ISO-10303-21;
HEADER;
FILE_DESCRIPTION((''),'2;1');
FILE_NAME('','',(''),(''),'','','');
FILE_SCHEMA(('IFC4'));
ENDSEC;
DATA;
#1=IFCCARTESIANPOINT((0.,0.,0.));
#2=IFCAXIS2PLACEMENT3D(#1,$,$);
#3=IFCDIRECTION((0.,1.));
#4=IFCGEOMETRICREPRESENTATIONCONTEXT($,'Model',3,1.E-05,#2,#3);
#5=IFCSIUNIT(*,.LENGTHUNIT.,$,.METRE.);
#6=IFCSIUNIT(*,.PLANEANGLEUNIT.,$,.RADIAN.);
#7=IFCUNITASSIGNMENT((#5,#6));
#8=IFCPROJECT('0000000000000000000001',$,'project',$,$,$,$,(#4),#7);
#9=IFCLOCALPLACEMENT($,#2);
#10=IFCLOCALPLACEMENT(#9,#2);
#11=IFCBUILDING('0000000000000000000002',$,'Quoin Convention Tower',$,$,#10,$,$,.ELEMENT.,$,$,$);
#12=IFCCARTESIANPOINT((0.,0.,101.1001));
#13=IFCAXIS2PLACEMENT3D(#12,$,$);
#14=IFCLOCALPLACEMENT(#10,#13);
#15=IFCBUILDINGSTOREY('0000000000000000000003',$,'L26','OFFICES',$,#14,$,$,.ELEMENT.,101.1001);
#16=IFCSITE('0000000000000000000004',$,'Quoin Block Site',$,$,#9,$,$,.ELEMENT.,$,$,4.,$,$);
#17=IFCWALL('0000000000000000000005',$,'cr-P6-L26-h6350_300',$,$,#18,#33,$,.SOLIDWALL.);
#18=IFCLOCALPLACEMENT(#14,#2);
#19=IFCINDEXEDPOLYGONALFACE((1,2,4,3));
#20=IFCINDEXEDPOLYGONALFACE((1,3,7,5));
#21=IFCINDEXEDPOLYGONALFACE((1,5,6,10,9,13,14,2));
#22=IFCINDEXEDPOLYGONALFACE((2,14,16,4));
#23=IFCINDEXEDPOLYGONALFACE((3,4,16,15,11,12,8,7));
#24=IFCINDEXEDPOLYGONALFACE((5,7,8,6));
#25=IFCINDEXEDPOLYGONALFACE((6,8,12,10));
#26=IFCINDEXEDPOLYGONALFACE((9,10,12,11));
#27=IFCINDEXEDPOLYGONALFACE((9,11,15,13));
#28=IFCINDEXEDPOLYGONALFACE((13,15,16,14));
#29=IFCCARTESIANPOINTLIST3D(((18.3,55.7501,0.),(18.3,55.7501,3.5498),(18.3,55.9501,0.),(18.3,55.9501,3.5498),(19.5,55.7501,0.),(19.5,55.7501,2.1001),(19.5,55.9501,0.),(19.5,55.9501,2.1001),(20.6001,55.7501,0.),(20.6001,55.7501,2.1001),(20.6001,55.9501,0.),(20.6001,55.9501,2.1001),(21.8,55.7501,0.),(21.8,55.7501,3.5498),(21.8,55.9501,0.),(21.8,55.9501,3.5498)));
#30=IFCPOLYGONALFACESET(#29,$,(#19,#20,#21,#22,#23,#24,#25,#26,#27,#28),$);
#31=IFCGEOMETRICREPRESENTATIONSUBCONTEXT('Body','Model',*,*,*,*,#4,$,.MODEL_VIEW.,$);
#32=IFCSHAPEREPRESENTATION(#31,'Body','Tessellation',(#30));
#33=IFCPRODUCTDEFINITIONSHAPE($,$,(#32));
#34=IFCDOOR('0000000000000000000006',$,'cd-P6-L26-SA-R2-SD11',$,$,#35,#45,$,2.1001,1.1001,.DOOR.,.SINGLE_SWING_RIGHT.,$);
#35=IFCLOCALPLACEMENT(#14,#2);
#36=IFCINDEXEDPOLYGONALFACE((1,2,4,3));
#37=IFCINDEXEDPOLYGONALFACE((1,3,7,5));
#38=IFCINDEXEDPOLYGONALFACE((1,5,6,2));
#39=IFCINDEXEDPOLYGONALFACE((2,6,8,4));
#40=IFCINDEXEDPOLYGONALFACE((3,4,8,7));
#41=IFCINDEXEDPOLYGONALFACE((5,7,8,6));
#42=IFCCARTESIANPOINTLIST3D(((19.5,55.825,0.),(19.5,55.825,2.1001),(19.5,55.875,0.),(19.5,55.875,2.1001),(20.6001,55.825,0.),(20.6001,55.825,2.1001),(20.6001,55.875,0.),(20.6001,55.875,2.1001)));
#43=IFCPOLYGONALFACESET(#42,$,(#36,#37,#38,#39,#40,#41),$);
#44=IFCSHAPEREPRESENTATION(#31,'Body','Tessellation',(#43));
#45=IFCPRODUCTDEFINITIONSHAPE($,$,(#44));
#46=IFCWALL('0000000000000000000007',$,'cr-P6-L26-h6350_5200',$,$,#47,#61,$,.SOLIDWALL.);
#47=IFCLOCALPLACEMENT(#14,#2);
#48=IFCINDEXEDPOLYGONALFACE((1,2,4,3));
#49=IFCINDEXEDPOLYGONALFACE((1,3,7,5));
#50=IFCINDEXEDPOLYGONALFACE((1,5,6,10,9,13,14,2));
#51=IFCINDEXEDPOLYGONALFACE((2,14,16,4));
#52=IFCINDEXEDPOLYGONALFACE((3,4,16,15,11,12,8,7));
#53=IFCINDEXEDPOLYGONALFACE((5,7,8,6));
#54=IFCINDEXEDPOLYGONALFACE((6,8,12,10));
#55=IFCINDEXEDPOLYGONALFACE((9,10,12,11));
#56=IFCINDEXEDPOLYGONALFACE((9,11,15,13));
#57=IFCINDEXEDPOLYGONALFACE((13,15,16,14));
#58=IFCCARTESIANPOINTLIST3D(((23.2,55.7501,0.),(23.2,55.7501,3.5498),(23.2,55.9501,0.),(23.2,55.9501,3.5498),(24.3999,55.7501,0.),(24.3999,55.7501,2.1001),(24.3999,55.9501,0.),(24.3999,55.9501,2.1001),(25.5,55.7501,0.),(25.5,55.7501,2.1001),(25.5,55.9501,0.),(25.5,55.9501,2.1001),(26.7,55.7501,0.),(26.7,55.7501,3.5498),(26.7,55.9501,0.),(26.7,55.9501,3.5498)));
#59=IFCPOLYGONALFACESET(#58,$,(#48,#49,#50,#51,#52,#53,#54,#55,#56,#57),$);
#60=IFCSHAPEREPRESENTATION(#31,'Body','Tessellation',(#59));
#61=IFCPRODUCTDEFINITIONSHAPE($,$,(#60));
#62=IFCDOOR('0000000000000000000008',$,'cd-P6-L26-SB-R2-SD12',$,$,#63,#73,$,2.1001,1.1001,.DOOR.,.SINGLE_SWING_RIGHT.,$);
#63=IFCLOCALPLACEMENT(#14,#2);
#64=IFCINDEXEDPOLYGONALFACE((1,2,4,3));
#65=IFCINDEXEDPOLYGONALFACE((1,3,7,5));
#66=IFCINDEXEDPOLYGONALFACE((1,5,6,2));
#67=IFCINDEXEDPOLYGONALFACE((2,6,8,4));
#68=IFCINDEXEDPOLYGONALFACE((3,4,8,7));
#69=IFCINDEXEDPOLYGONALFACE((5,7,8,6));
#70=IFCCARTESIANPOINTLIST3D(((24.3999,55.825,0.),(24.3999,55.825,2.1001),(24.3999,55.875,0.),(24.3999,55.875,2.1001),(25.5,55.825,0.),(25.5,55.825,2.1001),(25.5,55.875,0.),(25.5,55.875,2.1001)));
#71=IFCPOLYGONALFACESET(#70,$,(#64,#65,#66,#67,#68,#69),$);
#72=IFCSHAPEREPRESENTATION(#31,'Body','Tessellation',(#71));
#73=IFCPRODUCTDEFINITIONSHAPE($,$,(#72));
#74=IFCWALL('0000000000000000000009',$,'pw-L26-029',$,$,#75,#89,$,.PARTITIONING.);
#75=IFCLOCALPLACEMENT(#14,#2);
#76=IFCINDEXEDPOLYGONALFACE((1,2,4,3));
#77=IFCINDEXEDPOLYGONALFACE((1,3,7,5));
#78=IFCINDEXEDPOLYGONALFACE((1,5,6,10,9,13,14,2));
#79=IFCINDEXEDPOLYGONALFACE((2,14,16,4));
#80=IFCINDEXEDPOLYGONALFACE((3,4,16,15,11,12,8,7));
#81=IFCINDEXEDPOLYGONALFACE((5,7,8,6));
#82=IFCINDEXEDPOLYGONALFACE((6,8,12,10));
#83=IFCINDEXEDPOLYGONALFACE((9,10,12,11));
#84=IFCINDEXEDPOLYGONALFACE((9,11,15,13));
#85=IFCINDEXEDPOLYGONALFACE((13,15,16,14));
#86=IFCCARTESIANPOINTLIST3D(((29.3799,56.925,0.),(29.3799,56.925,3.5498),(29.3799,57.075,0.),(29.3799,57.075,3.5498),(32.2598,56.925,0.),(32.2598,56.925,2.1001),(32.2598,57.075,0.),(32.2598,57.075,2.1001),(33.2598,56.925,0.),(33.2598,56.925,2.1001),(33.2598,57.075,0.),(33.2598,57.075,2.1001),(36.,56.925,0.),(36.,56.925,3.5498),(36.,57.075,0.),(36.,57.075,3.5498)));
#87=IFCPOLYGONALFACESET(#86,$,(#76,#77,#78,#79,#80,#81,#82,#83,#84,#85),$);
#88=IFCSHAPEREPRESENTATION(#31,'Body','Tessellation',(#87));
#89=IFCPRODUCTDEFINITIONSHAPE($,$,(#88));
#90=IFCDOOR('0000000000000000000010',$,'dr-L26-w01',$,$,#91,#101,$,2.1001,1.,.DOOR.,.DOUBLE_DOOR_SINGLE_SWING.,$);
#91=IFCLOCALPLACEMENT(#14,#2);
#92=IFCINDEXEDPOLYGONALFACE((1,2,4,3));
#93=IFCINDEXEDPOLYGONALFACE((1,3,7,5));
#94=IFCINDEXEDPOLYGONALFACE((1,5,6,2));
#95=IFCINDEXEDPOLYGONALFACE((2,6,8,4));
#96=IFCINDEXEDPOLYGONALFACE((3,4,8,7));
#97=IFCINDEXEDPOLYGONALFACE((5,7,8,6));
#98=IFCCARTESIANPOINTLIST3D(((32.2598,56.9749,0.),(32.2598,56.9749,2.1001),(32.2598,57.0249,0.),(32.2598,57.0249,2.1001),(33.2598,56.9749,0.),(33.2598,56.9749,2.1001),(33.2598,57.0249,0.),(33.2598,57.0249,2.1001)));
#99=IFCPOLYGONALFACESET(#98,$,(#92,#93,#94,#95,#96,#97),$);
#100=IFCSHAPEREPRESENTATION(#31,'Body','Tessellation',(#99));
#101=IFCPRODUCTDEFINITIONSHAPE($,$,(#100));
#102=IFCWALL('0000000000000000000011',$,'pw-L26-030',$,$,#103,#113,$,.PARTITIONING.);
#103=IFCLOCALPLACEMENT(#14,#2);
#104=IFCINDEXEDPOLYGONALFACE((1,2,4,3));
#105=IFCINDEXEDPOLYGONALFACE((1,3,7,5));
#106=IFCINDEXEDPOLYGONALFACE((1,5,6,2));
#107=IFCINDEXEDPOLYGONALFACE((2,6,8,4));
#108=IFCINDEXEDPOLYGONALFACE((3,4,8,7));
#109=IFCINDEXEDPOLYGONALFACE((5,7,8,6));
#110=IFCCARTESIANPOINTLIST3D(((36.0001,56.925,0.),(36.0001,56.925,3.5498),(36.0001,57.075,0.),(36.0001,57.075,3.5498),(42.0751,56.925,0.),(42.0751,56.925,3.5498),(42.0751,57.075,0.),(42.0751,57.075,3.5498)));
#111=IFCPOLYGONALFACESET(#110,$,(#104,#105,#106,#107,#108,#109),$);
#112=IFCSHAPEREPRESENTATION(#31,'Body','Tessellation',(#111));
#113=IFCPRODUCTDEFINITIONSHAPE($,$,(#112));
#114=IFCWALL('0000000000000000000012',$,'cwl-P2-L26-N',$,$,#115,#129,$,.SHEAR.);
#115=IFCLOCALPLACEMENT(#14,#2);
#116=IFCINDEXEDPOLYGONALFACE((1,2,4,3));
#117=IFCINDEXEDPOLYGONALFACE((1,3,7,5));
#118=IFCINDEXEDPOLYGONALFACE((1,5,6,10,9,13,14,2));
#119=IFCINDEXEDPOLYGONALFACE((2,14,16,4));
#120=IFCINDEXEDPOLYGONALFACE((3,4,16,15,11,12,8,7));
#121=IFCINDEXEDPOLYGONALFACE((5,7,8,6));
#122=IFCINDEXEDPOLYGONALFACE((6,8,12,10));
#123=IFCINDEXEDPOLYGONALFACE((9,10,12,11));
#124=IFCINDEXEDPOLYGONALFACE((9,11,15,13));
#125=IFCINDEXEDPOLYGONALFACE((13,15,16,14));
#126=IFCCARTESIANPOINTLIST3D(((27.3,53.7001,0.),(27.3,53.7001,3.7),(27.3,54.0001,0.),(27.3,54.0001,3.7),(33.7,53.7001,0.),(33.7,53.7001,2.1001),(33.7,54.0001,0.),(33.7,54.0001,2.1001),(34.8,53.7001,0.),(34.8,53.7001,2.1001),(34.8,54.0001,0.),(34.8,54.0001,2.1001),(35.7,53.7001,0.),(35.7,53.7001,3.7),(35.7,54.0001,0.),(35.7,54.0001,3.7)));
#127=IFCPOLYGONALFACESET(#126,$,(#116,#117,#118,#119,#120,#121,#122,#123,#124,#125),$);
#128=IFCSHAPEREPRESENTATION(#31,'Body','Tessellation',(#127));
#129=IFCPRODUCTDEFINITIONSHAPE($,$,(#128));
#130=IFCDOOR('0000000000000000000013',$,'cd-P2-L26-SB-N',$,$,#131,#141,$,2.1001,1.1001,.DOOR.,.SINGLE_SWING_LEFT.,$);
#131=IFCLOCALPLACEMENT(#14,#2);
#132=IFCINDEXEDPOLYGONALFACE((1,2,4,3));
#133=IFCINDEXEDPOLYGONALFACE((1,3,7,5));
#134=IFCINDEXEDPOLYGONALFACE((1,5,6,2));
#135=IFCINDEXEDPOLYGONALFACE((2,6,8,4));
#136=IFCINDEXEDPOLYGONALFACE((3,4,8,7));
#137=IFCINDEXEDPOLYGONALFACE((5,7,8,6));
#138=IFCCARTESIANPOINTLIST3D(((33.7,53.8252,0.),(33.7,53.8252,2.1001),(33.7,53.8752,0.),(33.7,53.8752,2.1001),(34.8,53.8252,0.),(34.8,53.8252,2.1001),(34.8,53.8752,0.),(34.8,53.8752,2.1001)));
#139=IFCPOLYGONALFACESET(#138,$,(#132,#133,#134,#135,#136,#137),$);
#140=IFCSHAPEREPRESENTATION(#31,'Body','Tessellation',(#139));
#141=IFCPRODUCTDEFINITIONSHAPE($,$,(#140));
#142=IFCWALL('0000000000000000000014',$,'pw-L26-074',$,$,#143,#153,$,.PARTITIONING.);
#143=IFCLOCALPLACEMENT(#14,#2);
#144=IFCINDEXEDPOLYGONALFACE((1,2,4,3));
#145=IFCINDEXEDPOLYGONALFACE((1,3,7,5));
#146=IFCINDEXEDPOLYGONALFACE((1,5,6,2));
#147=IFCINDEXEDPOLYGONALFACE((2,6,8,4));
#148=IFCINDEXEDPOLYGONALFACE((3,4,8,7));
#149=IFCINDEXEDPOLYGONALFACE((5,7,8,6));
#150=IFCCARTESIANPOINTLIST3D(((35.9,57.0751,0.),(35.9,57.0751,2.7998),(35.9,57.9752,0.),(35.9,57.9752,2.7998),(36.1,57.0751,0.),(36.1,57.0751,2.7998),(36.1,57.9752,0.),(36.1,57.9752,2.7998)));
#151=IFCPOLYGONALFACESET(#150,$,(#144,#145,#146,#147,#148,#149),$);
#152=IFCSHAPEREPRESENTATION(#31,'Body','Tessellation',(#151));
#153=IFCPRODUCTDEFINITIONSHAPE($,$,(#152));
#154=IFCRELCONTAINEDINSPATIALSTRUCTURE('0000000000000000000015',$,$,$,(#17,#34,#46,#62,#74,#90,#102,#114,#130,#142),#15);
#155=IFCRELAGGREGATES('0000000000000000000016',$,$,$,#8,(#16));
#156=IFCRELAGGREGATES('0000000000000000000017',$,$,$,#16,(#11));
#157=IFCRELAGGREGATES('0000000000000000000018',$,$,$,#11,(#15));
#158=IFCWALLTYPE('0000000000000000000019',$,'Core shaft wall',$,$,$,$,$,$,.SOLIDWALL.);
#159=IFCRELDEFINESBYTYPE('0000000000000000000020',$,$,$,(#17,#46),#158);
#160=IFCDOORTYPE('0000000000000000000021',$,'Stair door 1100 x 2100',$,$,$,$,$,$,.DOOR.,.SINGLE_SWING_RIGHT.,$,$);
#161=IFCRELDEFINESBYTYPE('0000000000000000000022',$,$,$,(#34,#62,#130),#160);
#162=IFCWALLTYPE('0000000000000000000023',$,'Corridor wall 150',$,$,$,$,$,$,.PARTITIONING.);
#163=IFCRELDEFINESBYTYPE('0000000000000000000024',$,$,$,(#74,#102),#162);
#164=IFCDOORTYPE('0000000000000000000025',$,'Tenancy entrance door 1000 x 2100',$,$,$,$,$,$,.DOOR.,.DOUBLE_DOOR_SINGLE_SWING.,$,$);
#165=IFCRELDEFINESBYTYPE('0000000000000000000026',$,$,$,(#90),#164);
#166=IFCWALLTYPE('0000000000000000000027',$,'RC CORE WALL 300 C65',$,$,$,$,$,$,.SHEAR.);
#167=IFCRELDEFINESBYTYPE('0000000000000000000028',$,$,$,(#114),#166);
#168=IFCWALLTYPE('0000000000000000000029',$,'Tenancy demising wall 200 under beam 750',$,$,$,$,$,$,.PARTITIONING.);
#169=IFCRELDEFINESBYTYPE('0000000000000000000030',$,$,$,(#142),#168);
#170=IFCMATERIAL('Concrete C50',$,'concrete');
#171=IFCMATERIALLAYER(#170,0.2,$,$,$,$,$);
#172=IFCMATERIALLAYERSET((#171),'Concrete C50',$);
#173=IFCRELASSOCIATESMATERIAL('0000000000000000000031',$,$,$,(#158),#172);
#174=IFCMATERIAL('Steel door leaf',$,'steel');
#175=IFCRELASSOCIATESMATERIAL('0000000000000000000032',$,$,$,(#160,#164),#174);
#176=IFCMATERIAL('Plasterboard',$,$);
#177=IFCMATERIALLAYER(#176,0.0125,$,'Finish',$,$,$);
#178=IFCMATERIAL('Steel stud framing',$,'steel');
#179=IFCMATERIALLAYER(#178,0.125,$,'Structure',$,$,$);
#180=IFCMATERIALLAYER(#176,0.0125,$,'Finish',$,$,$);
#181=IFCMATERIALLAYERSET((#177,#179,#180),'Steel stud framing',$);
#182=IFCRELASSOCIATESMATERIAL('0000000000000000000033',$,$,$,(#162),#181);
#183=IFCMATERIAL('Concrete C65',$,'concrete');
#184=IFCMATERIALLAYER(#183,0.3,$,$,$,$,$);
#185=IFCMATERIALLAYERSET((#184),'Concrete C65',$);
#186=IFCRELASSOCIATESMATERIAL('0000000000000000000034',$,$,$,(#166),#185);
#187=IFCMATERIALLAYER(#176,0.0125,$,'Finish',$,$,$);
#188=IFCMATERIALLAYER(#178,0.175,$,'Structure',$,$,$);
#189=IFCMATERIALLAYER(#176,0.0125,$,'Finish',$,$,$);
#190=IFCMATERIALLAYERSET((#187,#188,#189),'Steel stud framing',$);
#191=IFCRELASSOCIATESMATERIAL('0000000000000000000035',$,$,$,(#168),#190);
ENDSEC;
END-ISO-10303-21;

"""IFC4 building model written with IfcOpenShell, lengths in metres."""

from ifc_helpers import new_model, si_unit, direction, frame, frame_2d, origin, place, context, subcontext, project, spatial, rectangle, extrude, material, layer, layer_set, type_object, element, fill, save


model = new_model("IFC4")

# Units and contexts
model_context = context("Model", 3, precision=1e-05, world=origin(), true_north=direction((0.0, 1.0)))
body_context = subcontext(model_context, "Body", "Model", "MODEL_VIEW")
ifc_project = project(units=[si_unit("LENGTHUNIT", "METRE"), si_unit("PLANEANGLEUNIT", "RADIAN")], contexts=[model_context])

# Site, building, storey
site_placement = place(None, origin())
site = spatial("IfcSite", under=ifc_project, at=site_placement, Name="Quoin Block Site", CompositionType="ELEMENT", RefElevation=4.0)
building_placement = place(site_placement, origin())
building = spatial("IfcBuilding", under=site, at=building_placement, Name="Quoin Convention Tower", CompositionType="ELEMENT")
storey_placement = place(building_placement, frame((0.0, 0.0, 101.1001)))
storey = spatial("IfcBuildingStorey", under=building, at=storey_placement, Name="L26", Description="OFFICES", CompositionType="ELEMENT", Elevation=101.1001)

# Shared definitions
ifc_material_1 = material(Name="Concrete C65", Category="concrete")

# Shared definitions
ifc_material_2 = material(Name="Concrete C50", Category="concrete")
ifc_layer_1 = layer(ifc_material_2, 0.2)
ifc_layer_set_1 = layer_set([ifc_layer_1], Name="Concrete C50")
wall_type_1 = type_object("IfcWallType", Name="Core shaft wall", PredefinedType="SOLIDWALL", material=ifc_layer_set_1)

# Walls, openings, doors
wall_1_placement = place(storey_placement, frame((18.3, 55.8501, 0.0), z_axis=(0.0, 0.0, 1.0), x_axis=(1.0, 0.0, 0.0)))
wall_1 = element("IfcWall", 1, at=wall_1_placement, inside=storey, type_object=wall_type_1, Name="cr-P6-L26-h6350_300", PredefinedType="SOLIDWALL", context=body_context, shape_type="SweptSolid", body=[
    extrude(rectangle(XDim=3.5, YDim=0.2, at=frame_2d((1.75, 0.0))), origin(), (0.0, 0.0, 1.0), 3.5498),
])
opening_1_placement = place(wall_1_placement, frame((1.2, 0.0, 0.0)))
opening_1 = element("IfcOpeningElement", 2, at=opening_1_placement, cuts=wall_1, PredefinedType="OPENING", context=body_context, shape_type="SweptSolid", body=[
    extrude(rectangle(XDim=1.1001, YDim=2.1001, at=frame_2d((0.55, 1.05))), frame((0.0, 0.1099, 0.0), z_axis=(0.0, -1.0, 0.0), x_axis=(1.0, 0.0, 0.0)), (0.0, 0.0, 1.0), 0.22),
])
ifc_material_3 = material(Name="Steel door leaf", Category="steel")
door_type_1 = type_object("IfcDoorType", Name="Stair door 1100 x 2100", OperationType="SINGLE_SWING_RIGHT", PredefinedType="DOOR", material=ifc_material_3)
door_1_placement = place(opening_1_placement, origin())
door_1 = element("IfcDoor", 3, at=door_1_placement, inside=storey, type_object=door_type_1, Name="cd-P6-L26-SA-R2-SD11", OperationType="SINGLE_SWING_RIGHT", OverallHeight=2.1001, OverallWidth=1.1001, PredefinedType="DOOR", context=body_context, shape_type="SweptSolid", body=[
    extrude(rectangle(XDim=1.1001, YDim=2.1001, at=frame_2d((0.55, 1.05))), frame((0.0, 0.0249, 0.0), z_axis=(0.0, -1.0, 0.0), x_axis=(1.0, 0.0, 0.0)), (0.0, 0.0, 1.0), 0.05),
])
fill(opening_1, door_1)
wall_2_placement = place(storey_placement, frame((23.2, 55.8501, 0.0), z_axis=(0.0, 0.0, 1.0), x_axis=(1.0, 0.0, 0.0)))
wall_2 = element("IfcWall", 4, at=wall_2_placement, inside=storey, type_object=wall_type_1, Name="cr-P6-L26-h6350_5200", PredefinedType="SOLIDWALL", context=body_context, shape_type="SweptSolid", body=[
    extrude(rectangle(XDim=3.5, YDim=0.2, at=frame_2d((1.75, 0.0))), origin(), (0.0, 0.0, 1.0), 3.5498),
])
opening_2_placement = place(wall_2_placement, frame((1.2, 0.0, 0.0)))
opening_2 = element("IfcOpeningElement", 5, at=opening_2_placement, cuts=wall_2, PredefinedType="OPENING", context=body_context, shape_type="SweptSolid", body=[
    extrude(rectangle(XDim=1.1001, YDim=2.1001, at=frame_2d((0.55, 1.05))), frame((0.0, 0.1099, 0.0), z_axis=(0.0, -1.0, 0.0), x_axis=(1.0, 0.0, 0.0)), (0.0, 0.0, 1.0), 0.22),
])
door_2_placement = place(opening_2_placement, origin())
door_2 = element("IfcDoor", 6, at=door_2_placement, inside=storey, type_object=door_type_1, Name="cd-P6-L26-SB-R2-SD12", OperationType="SINGLE_SWING_RIGHT", OverallHeight=2.1001, OverallWidth=1.1001, PredefinedType="DOOR", context=body_context, shape_type="SweptSolid", body=[
    extrude(rectangle(XDim=1.1001, YDim=2.1001, at=frame_2d((0.55, 1.05))), frame((0.0, 0.0249, 0.0), z_axis=(0.0, -1.0, 0.0), x_axis=(1.0, 0.0, 0.0)), (0.0, 0.0, 1.0), 0.05),
])
fill(opening_2, door_2)
ifc_material_4 = material(Name="Plasterboard")
ifc_layer_2 = layer(ifc_material_4, 0.0125, Name="Finish")
ifc_material_5 = material(Name="Steel stud framing", Category="steel")
ifc_layer_3 = layer(ifc_material_5, 0.125, Name="Structure")
ifc_layer_4 = layer(ifc_material_4, 0.0125, Name="Finish")
ifc_layer_set_2 = layer_set([ifc_layer_2, ifc_layer_3, ifc_layer_4], Name="Steel stud framing")
wall_type_2 = type_object("IfcWallType", Name="Corridor wall 150", PredefinedType="PARTITIONING", material=ifc_layer_set_2)
wall_3_placement = place(storey_placement, frame((29.3799, 57.0, 0.0), z_axis=(0.0, 0.0, 1.0), x_axis=(1.0, 0.0, 0.0)))
wall_3 = element("IfcWall", 7, at=wall_3_placement, inside=storey, type_object=wall_type_2, Name="pw-L26-029", PredefinedType="PARTITIONING", context=body_context, shape_type="SweptSolid", body=[
    extrude(rectangle(XDim=6.6201, YDim=0.1499, at=frame_2d((3.3101, 0.0))), origin(), (0.0, 0.0, 1.0), 3.5498),
])
opening_3_placement = place(wall_3_placement, frame((2.8799, 0.0, 0.0)))
opening_3 = element("IfcOpeningElement", 8, at=opening_3_placement, cuts=wall_3, PredefinedType="OPENING", context=body_context, shape_type="SweptSolid", body=[
    extrude(rectangle(XDim=1.0, YDim=2.1001, at=frame_2d((0.5, 1.05))), frame((0.0, 0.085, 0.0), z_axis=(0.0, -1.0, 0.0), x_axis=(1.0, 0.0, 0.0)), (0.0, 0.0, 1.0), 0.1699),
])
door_type_2 = type_object("IfcDoorType", Name="Tenancy entrance door 1000 x 2100", OperationType="DOUBLE_DOOR_SINGLE_SWING", PredefinedType="DOOR", material=ifc_material_3)
door_3_placement = place(opening_3_placement, origin())
door_3 = element("IfcDoor", 9, at=door_3_placement, inside=storey, type_object=door_type_2, Name="dr-L26-w01", OperationType="DOUBLE_DOOR_SINGLE_SWING", OverallHeight=2.1001, OverallWidth=1.0, PredefinedType="DOOR", context=body_context, shape_type="SweptSolid", body=[
    extrude(rectangle(XDim=1.0, YDim=2.1001, at=frame_2d((0.5, 1.05))), frame((0.0, 0.0249, 0.0), z_axis=(0.0, -1.0, 0.0), x_axis=(1.0, 0.0, 0.0)), (0.0, 0.0, 1.0), 0.05),
])
fill(opening_3, door_3)

# Wall
wall_4_placement = place(storey_placement, frame((36.0, 57.0, 0.0), z_axis=(0.0, 0.0, 1.0), x_axis=(1.0, 0.0, 0.0)))
element("IfcWall", 10, at=wall_4_placement, inside=storey, type_object=wall_type_2, Name="pw-L26-030", PredefinedType="PARTITIONING", context=body_context, shape_type="SweptSolid", body=[
    extrude(rectangle(XDim=6.075, YDim=0.1499, at=frame_2d((3.0376, 0.0))), origin(), (0.0, 0.0, 1.0), 3.5498),
])

# Wall, opening, door
ifc_layer_5 = layer(ifc_material_1, 0.3)
ifc_layer_set_3 = layer_set([ifc_layer_5], Name="Concrete C65")
wall_type_3 = type_object("IfcWallType", Name="RC CORE WALL 300 C65", PredefinedType="SHEAR", material=ifc_layer_set_3)
wall_5_placement = place(storey_placement, frame((27.3, 53.8501, 0.0), z_axis=(0.0, 0.0, 1.0), x_axis=(1.0, 0.0, 0.0)))
wall_5 = element("IfcWall", 11, at=wall_5_placement, inside=storey, type_object=wall_type_3, Name="cwl-P2-L26-N", PredefinedType="SHEAR", context=body_context, shape_type="SweptSolid", body=[
    extrude(rectangle(XDim=8.3999, YDim=0.3, at=frame_2d((4.2, 0.0))), origin(), (0.0, 0.0, 1.0), 3.7),
])
opening_4_placement = place(wall_5_placement, frame((6.3999, 0.0, 0.0)))
opening_4 = element("IfcOpeningElement", 12, at=opening_4_placement, cuts=wall_5, PredefinedType="OPENING", context=body_context, shape_type="SweptSolid", body=[
    extrude(rectangle(XDim=1.1001, YDim=2.1001, at=frame_2d((0.55, 1.05))), frame((0.0, 0.1599, 0.0), z_axis=(0.0, -1.0, 0.0), x_axis=(1.0, 0.0, 0.0)), (0.0, 0.0, 1.0), 0.3201),
])
door_4_placement = place(opening_4_placement, frame((1.1001, 0.0, 0.0), z_axis=(0.0, 0.0, 1.0), x_axis=(-1.0, 0.0, 0.0)))
door_4 = element("IfcDoor", 13, at=door_4_placement, inside=storey, type_object=door_type_1, Name="cd-P2-L26-SB-N", OperationType="SINGLE_SWING_LEFT", OverallHeight=2.1001, OverallWidth=1.1001, PredefinedType="DOOR", context=body_context, shape_type="SweptSolid", body=[
    extrude(rectangle(XDim=1.1001, YDim=2.1001, at=frame_2d((0.55, 1.05))), frame((0.0, 0.0249, 0.0), z_axis=(0.0, -1.0, 0.0), x_axis=(1.0, 0.0, 0.0)), (0.0, 0.0, 1.0), 0.05),
])
fill(opening_4, door_4)

# Wall
ifc_layer_6 = layer(ifc_material_4, 0.0125, Name="Finish")
ifc_layer_7 = layer(ifc_material_5, 0.175, Name="Structure")
ifc_layer_8 = layer(ifc_material_4, 0.0125, Name="Finish")
ifc_layer_set_4 = layer_set([ifc_layer_6, ifc_layer_7, ifc_layer_8], Name="Steel stud framing")
wall_type_4 = type_object("IfcWallType", Name="Tenancy demising wall 200 under beam 750", PredefinedType="PARTITIONING", material=ifc_layer_set_4)
wall_6_placement = place(storey_placement, frame((36.0, 57.075, 0.0), z_axis=(0.0, 0.0, 1.0), x_axis=(0.0, 1.0, 0.0)))
element("IfcWall", 14, at=wall_6_placement, inside=storey, type_object=wall_type_4, Name="pw-L26-074", PredefinedType="PARTITIONING", context=body_context, shape_type="SweptSolid", body=[
    extrude(rectangle(XDim=0.9001, YDim=0.2, at=frame_2d((0.4502, 0.0))), origin(), (0.0, 0.0, 1.0), 2.7998),
])

save(model, "model.ifc")
